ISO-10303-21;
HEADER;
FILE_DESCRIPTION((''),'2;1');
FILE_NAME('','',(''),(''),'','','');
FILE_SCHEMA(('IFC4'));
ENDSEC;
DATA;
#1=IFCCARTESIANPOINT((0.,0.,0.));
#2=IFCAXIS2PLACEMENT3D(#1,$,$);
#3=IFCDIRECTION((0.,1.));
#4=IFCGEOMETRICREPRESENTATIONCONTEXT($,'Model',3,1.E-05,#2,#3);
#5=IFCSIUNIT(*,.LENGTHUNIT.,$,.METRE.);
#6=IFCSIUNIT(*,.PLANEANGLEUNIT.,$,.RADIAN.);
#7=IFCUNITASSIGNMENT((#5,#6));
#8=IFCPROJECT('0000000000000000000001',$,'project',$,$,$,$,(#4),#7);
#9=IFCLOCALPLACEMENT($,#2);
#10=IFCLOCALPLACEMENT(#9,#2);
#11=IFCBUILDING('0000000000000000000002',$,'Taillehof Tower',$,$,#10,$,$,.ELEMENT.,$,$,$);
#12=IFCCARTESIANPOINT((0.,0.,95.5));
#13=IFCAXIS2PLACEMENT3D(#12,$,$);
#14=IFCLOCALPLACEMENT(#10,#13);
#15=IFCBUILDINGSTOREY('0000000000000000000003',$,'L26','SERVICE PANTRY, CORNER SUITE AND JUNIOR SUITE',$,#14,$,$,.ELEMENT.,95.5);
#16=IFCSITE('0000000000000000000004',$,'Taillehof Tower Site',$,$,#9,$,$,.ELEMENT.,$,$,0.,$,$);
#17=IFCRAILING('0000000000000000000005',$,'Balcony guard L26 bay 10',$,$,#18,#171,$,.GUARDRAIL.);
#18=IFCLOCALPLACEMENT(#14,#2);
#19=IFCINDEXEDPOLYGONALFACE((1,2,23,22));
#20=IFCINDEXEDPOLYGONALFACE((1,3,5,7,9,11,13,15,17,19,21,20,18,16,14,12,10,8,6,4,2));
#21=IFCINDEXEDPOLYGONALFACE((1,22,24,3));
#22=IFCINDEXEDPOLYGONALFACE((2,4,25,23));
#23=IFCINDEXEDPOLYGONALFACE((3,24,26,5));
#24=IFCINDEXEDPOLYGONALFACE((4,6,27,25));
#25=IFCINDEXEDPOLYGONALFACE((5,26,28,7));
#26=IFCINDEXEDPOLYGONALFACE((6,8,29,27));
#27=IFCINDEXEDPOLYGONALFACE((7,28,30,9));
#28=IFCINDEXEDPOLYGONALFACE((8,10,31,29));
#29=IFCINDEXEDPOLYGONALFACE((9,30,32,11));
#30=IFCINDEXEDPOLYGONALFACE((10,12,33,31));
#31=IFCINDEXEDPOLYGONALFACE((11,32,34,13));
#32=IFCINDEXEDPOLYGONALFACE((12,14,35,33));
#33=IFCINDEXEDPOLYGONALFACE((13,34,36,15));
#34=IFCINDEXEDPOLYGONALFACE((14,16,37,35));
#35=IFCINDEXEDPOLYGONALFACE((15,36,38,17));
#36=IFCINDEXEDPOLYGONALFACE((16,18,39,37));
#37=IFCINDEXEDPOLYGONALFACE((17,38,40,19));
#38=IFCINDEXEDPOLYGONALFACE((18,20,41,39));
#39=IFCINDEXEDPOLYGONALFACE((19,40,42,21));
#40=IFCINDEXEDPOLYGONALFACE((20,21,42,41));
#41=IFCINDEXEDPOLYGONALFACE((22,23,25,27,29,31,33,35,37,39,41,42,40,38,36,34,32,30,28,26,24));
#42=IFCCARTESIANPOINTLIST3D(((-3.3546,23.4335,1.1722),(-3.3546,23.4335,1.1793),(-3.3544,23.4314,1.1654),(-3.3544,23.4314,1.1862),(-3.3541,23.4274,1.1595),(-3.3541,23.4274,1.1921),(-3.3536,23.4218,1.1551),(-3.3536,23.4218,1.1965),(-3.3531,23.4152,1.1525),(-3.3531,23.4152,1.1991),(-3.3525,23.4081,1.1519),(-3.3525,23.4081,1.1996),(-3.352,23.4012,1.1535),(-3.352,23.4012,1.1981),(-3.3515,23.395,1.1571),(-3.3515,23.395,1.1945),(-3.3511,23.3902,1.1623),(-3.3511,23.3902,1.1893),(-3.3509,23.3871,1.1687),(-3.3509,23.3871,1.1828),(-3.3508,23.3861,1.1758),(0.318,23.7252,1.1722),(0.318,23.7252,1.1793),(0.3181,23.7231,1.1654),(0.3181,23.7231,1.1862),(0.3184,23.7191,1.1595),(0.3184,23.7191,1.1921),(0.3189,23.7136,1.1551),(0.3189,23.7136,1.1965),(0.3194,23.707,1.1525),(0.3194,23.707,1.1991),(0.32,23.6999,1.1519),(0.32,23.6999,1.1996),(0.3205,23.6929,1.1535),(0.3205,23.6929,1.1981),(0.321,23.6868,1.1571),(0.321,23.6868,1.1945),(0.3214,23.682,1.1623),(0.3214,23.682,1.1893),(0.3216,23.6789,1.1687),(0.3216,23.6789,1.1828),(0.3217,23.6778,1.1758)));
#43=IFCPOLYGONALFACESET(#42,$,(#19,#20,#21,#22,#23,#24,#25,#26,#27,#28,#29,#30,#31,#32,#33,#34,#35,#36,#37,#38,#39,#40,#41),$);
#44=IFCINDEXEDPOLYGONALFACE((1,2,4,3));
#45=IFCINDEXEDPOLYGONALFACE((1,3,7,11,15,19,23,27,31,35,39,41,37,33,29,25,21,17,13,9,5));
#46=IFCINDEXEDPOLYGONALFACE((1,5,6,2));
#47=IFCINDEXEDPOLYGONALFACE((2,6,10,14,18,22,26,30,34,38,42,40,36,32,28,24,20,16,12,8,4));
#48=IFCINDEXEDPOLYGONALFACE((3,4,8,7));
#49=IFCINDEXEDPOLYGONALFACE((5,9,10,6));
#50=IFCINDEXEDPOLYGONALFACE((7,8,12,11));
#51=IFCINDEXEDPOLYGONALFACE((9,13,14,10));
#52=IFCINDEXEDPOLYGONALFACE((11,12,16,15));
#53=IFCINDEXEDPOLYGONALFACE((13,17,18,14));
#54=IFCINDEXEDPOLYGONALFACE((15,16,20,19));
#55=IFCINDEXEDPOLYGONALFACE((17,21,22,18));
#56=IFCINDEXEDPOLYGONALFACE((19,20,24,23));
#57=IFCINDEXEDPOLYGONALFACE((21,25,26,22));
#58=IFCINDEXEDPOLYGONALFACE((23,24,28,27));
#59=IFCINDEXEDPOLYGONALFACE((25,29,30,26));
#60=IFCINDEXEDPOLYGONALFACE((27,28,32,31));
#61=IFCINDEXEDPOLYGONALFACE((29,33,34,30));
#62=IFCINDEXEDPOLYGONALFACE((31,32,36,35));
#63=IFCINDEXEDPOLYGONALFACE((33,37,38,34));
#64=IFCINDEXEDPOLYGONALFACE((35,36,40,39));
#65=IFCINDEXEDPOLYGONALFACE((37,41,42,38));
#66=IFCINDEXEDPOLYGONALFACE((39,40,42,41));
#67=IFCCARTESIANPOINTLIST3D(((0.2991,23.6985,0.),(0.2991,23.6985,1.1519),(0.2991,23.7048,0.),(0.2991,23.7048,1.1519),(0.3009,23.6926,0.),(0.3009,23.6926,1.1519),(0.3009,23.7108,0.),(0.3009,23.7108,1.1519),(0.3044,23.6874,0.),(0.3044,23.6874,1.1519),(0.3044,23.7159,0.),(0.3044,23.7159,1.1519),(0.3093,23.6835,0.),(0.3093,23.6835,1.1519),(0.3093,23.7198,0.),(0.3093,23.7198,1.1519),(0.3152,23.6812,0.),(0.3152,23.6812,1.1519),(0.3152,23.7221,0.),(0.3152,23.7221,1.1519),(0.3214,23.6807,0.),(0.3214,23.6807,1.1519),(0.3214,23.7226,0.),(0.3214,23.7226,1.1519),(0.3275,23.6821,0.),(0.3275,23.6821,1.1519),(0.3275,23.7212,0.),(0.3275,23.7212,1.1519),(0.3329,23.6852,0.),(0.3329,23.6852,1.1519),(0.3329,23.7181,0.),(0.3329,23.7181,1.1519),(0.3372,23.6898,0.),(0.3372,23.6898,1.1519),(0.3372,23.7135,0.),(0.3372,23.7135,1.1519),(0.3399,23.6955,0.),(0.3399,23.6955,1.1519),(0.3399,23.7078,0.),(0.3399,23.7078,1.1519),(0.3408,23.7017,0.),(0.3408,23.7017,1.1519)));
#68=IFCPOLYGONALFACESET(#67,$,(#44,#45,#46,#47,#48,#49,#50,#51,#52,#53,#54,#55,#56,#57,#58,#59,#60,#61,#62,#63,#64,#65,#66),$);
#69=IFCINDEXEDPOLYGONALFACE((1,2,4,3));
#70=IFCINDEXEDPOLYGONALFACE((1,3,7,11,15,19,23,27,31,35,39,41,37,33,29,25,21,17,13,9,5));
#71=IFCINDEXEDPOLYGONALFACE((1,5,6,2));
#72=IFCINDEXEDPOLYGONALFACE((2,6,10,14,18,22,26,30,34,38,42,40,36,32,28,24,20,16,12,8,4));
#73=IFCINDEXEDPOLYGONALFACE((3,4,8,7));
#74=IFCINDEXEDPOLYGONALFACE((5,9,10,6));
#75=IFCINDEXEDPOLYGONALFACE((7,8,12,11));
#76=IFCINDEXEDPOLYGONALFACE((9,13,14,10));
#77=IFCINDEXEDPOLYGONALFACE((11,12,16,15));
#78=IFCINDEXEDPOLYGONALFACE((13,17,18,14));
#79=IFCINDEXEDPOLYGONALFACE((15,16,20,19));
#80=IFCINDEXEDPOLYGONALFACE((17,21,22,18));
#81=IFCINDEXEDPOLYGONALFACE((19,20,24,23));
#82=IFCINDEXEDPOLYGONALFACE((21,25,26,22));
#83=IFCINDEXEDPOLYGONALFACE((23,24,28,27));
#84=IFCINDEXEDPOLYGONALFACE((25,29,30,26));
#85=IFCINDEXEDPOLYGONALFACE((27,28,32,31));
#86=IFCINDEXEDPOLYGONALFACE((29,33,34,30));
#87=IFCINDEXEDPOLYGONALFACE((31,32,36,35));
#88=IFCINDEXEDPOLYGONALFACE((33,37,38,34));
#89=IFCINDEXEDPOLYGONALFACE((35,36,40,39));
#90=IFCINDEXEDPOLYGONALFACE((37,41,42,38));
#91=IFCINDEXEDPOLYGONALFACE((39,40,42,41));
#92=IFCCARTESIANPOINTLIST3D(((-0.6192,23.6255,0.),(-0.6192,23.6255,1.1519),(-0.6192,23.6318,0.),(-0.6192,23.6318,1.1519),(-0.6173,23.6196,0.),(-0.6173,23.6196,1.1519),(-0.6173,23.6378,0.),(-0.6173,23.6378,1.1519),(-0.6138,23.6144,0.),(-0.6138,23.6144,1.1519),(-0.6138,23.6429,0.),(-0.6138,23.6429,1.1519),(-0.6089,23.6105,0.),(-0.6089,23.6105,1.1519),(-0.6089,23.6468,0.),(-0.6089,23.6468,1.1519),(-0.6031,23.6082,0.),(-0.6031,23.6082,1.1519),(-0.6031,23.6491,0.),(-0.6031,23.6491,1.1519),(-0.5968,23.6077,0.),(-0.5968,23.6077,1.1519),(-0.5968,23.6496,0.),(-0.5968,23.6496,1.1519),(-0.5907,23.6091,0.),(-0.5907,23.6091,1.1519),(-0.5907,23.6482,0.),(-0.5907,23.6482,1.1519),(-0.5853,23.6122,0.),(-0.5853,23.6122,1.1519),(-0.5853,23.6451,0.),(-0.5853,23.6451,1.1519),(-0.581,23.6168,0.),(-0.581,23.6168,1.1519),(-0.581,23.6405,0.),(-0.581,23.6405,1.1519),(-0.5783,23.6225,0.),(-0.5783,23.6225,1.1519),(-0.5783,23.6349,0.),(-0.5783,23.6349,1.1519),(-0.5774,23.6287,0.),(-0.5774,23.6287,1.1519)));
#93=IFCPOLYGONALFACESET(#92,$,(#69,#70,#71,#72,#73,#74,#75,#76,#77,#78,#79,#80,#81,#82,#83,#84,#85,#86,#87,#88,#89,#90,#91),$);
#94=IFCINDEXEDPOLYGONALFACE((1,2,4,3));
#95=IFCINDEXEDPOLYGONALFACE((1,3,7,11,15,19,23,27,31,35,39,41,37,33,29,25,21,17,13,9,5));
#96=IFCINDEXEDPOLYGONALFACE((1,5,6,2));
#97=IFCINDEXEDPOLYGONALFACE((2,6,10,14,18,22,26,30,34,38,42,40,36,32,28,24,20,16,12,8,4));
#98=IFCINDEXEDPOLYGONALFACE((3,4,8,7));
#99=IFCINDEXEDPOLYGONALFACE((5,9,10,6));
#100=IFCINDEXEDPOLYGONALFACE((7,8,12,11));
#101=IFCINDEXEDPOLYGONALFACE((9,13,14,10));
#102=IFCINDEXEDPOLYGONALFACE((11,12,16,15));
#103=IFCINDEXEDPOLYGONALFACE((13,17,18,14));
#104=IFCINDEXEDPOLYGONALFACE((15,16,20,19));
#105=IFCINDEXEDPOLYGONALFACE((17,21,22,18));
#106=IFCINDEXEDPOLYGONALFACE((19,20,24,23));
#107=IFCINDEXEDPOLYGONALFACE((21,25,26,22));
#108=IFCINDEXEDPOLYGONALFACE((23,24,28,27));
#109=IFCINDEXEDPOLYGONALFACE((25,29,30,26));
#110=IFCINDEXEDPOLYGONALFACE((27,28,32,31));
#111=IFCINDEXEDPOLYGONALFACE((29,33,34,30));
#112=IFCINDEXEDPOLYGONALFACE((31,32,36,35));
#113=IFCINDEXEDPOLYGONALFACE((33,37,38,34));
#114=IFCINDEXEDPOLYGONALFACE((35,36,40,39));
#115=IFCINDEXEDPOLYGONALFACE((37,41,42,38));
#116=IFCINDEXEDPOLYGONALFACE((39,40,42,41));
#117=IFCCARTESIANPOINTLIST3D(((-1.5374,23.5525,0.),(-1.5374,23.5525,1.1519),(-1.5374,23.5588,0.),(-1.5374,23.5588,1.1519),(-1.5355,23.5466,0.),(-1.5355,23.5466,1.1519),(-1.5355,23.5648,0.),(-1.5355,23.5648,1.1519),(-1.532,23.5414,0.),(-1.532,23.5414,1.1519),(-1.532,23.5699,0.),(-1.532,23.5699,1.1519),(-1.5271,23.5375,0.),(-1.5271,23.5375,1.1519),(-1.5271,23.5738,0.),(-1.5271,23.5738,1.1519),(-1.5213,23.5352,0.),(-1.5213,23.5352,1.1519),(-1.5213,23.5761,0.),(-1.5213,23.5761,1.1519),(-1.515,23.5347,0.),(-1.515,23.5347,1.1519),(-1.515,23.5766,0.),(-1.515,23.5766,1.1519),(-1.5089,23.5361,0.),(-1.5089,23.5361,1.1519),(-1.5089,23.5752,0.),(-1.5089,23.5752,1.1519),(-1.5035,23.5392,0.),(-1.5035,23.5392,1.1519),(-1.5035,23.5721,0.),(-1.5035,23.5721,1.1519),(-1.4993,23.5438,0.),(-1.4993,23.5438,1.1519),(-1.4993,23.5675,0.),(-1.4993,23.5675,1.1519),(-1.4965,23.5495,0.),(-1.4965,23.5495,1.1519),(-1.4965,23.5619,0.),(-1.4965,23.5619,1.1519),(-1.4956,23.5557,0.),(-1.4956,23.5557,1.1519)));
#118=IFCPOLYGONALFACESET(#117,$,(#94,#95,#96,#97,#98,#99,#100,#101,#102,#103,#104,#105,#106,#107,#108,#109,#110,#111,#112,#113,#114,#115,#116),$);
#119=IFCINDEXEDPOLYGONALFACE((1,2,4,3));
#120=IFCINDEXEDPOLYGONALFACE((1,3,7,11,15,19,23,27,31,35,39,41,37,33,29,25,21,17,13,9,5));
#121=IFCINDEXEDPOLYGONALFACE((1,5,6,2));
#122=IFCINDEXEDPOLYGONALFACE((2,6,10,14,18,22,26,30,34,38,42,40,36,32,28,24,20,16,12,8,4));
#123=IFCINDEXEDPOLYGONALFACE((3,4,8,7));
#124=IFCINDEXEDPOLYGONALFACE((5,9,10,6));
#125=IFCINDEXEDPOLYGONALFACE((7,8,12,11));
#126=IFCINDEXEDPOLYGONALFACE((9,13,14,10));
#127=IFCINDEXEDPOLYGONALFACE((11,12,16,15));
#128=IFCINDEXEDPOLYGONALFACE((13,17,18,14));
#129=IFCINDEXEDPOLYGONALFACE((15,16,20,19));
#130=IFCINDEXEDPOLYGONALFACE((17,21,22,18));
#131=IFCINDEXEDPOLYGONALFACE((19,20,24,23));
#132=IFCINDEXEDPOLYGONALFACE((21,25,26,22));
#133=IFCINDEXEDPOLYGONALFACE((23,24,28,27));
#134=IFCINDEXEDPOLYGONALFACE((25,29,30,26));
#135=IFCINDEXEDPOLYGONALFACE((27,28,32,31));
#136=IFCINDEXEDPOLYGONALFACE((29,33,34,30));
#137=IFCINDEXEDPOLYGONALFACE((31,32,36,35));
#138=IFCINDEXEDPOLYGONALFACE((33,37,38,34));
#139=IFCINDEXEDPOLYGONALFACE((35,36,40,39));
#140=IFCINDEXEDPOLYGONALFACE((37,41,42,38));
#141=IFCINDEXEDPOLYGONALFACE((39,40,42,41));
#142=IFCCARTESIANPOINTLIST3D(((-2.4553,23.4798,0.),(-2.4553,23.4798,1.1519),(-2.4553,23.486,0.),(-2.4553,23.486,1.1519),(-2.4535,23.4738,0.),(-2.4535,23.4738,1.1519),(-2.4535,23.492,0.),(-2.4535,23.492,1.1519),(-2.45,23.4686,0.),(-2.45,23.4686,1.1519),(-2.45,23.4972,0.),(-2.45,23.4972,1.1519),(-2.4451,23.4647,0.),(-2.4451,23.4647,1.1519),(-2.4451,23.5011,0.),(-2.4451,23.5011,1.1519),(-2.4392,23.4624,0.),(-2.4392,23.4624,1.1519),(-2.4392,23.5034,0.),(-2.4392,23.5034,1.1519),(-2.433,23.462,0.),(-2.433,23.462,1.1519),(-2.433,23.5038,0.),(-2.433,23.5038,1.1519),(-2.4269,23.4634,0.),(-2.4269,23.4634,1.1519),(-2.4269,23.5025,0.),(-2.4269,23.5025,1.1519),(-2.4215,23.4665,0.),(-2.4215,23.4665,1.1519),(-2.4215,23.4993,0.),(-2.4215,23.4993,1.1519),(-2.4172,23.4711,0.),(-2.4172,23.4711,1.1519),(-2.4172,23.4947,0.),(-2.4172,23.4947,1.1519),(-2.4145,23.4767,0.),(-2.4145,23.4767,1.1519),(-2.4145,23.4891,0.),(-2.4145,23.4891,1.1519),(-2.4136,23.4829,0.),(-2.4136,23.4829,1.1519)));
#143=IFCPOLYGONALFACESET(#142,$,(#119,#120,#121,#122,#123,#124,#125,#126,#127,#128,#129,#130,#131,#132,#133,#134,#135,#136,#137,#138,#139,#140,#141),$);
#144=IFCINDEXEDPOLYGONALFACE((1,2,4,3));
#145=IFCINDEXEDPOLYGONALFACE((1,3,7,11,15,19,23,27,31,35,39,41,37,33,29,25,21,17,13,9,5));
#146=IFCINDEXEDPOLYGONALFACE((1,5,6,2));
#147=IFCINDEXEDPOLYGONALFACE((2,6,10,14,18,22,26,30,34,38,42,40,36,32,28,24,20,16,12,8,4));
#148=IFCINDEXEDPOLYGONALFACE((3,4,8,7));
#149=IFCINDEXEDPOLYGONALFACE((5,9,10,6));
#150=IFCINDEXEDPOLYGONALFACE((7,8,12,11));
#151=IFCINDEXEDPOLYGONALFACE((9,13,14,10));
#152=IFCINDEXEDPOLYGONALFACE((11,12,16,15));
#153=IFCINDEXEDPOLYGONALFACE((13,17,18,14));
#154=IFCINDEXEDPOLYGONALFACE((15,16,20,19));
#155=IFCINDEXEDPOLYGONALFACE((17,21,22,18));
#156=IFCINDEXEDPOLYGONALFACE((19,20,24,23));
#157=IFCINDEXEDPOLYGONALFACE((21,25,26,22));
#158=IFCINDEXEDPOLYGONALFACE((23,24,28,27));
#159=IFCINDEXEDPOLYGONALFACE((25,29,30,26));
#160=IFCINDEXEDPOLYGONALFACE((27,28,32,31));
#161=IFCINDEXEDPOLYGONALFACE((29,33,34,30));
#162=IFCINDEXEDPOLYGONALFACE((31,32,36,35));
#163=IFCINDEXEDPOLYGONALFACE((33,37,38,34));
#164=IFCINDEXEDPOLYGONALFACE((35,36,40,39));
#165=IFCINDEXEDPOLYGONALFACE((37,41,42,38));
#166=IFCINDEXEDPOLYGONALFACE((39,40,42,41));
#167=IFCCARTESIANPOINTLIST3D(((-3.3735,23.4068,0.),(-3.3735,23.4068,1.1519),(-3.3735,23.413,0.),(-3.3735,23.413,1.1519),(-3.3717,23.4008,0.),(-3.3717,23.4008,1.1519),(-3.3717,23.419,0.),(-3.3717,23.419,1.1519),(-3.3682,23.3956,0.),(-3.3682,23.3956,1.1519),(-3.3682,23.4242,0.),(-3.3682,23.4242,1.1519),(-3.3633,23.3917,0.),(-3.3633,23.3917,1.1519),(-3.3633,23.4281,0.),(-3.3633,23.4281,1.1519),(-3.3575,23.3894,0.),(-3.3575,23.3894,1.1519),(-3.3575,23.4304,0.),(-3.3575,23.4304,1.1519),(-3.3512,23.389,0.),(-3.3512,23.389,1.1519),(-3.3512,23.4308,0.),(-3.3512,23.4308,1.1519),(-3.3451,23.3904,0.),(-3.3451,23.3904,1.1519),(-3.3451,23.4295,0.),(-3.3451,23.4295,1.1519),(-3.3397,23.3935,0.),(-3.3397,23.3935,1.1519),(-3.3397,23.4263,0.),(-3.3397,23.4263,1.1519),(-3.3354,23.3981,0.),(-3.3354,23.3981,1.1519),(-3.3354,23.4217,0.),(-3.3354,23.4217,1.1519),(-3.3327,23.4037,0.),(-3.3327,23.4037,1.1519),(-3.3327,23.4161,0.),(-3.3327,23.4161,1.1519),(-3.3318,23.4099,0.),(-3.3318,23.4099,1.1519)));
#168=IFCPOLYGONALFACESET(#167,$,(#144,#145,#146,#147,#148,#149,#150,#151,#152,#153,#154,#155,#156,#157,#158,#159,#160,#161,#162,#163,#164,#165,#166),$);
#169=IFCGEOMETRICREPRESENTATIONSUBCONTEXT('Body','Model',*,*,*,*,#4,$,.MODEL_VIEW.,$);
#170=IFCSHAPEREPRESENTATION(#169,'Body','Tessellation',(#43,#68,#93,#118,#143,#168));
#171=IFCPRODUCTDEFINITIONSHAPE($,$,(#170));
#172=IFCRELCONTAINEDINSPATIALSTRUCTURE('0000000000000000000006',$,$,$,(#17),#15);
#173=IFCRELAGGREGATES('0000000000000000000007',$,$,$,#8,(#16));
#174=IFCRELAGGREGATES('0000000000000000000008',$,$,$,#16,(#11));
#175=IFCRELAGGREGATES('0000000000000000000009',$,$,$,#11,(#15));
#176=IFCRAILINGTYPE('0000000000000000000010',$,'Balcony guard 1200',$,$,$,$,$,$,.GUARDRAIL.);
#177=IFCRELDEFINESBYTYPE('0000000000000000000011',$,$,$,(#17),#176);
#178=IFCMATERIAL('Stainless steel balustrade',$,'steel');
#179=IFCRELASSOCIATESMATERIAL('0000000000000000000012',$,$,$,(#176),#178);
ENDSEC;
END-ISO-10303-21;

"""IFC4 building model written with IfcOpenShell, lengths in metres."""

from ifc_helpers import new_model, si_unit, direction, frame, origin, origin_2d, place, context, subcontext, project, spatial, circle, extrude, material, type_object, element, save


model = new_model("IFC4")

# Units and contexts
model_context = context("Model", 3, precision=1e-05, world=origin(), true_north=direction((0.0, 1.0)))
body_context = subcontext(model_context, "Body", "Model", "MODEL_VIEW")
ifc_project = project(units=[si_unit("LENGTHUNIT", "METRE"), si_unit("PLANEANGLEUNIT", "RADIAN")], contexts=[model_context])

# Site, building, storey
site_placement = place(None, origin())
site = spatial("IfcSite", under=ifc_project, at=site_placement, Name="Taillehof Tower Site", CompositionType="ELEMENT", RefElevation=0.0)
building_placement = place(site_placement, origin())
building = spatial("IfcBuilding", under=site, at=building_placement, Name="Taillehof Tower", CompositionType="ELEMENT")
storey_placement = place(building_placement, frame((0.0, 0.0, 95.5)))
storey = spatial("IfcBuildingStorey", under=building, at=storey_placement, Name="L26", Description="SERVICE PANTRY, CORNER SUITE AND JUNIOR SUITE", CompositionType="ELEMENT", Elevation=95.5)

# Railing
ifc_material_1 = material(Name="Stainless steel balustrade", Category="steel")
railing_type = type_object("IfcRailingType", Name="Balcony guard 1200", PredefinedType="GUARDRAIL", material=ifc_material_1)
railing_1_placement = place(storey_placement, frame((0.3198, 23.7017, 0.0)))
element("IfcRailing", 1, at=railing_1_placement, inside=storey, type_object=railing_type, Name="Balcony guard L26 bay 10", PredefinedType="GUARDRAIL", context=body_context, shape_type="SweptSolid", body=[
    extrude(circle(Radius=0.0239, at=origin_2d()), frame((0.0, 0.0, 1.1758), z_axis=(-0.99686, -0.079189, 0.0), x_axis=(0.079189, -0.99686, 0.0)), (0.0, 0.0, 1.0), 3.6841),
    extrude(circle(Radius=0.021, at=origin_2d()), origin(), (0.0, 0.0, 1.0), 1.1519),
    extrude(circle(Radius=0.021, at=origin_2d()), frame((-0.9182, -0.073, 0.0)), (0.0, 0.0, 1.0), 1.1519),
    extrude(circle(Radius=0.021, at=origin_2d()), frame((-1.8364, -0.146, 0.0)), (0.0, 0.0, 1.0), 1.1519),
    extrude(circle(Radius=0.021, at=origin_2d()), frame((-2.7544, -0.2188, 0.0)), (0.0, 0.0, 1.0), 1.1519),
    extrude(circle(Radius=0.021, at=origin_2d()), frame((-3.6726, -0.2917, 0.0)), (0.0, 0.0, 1.0), 1.1519),
])

save(model, "model.ifc")
